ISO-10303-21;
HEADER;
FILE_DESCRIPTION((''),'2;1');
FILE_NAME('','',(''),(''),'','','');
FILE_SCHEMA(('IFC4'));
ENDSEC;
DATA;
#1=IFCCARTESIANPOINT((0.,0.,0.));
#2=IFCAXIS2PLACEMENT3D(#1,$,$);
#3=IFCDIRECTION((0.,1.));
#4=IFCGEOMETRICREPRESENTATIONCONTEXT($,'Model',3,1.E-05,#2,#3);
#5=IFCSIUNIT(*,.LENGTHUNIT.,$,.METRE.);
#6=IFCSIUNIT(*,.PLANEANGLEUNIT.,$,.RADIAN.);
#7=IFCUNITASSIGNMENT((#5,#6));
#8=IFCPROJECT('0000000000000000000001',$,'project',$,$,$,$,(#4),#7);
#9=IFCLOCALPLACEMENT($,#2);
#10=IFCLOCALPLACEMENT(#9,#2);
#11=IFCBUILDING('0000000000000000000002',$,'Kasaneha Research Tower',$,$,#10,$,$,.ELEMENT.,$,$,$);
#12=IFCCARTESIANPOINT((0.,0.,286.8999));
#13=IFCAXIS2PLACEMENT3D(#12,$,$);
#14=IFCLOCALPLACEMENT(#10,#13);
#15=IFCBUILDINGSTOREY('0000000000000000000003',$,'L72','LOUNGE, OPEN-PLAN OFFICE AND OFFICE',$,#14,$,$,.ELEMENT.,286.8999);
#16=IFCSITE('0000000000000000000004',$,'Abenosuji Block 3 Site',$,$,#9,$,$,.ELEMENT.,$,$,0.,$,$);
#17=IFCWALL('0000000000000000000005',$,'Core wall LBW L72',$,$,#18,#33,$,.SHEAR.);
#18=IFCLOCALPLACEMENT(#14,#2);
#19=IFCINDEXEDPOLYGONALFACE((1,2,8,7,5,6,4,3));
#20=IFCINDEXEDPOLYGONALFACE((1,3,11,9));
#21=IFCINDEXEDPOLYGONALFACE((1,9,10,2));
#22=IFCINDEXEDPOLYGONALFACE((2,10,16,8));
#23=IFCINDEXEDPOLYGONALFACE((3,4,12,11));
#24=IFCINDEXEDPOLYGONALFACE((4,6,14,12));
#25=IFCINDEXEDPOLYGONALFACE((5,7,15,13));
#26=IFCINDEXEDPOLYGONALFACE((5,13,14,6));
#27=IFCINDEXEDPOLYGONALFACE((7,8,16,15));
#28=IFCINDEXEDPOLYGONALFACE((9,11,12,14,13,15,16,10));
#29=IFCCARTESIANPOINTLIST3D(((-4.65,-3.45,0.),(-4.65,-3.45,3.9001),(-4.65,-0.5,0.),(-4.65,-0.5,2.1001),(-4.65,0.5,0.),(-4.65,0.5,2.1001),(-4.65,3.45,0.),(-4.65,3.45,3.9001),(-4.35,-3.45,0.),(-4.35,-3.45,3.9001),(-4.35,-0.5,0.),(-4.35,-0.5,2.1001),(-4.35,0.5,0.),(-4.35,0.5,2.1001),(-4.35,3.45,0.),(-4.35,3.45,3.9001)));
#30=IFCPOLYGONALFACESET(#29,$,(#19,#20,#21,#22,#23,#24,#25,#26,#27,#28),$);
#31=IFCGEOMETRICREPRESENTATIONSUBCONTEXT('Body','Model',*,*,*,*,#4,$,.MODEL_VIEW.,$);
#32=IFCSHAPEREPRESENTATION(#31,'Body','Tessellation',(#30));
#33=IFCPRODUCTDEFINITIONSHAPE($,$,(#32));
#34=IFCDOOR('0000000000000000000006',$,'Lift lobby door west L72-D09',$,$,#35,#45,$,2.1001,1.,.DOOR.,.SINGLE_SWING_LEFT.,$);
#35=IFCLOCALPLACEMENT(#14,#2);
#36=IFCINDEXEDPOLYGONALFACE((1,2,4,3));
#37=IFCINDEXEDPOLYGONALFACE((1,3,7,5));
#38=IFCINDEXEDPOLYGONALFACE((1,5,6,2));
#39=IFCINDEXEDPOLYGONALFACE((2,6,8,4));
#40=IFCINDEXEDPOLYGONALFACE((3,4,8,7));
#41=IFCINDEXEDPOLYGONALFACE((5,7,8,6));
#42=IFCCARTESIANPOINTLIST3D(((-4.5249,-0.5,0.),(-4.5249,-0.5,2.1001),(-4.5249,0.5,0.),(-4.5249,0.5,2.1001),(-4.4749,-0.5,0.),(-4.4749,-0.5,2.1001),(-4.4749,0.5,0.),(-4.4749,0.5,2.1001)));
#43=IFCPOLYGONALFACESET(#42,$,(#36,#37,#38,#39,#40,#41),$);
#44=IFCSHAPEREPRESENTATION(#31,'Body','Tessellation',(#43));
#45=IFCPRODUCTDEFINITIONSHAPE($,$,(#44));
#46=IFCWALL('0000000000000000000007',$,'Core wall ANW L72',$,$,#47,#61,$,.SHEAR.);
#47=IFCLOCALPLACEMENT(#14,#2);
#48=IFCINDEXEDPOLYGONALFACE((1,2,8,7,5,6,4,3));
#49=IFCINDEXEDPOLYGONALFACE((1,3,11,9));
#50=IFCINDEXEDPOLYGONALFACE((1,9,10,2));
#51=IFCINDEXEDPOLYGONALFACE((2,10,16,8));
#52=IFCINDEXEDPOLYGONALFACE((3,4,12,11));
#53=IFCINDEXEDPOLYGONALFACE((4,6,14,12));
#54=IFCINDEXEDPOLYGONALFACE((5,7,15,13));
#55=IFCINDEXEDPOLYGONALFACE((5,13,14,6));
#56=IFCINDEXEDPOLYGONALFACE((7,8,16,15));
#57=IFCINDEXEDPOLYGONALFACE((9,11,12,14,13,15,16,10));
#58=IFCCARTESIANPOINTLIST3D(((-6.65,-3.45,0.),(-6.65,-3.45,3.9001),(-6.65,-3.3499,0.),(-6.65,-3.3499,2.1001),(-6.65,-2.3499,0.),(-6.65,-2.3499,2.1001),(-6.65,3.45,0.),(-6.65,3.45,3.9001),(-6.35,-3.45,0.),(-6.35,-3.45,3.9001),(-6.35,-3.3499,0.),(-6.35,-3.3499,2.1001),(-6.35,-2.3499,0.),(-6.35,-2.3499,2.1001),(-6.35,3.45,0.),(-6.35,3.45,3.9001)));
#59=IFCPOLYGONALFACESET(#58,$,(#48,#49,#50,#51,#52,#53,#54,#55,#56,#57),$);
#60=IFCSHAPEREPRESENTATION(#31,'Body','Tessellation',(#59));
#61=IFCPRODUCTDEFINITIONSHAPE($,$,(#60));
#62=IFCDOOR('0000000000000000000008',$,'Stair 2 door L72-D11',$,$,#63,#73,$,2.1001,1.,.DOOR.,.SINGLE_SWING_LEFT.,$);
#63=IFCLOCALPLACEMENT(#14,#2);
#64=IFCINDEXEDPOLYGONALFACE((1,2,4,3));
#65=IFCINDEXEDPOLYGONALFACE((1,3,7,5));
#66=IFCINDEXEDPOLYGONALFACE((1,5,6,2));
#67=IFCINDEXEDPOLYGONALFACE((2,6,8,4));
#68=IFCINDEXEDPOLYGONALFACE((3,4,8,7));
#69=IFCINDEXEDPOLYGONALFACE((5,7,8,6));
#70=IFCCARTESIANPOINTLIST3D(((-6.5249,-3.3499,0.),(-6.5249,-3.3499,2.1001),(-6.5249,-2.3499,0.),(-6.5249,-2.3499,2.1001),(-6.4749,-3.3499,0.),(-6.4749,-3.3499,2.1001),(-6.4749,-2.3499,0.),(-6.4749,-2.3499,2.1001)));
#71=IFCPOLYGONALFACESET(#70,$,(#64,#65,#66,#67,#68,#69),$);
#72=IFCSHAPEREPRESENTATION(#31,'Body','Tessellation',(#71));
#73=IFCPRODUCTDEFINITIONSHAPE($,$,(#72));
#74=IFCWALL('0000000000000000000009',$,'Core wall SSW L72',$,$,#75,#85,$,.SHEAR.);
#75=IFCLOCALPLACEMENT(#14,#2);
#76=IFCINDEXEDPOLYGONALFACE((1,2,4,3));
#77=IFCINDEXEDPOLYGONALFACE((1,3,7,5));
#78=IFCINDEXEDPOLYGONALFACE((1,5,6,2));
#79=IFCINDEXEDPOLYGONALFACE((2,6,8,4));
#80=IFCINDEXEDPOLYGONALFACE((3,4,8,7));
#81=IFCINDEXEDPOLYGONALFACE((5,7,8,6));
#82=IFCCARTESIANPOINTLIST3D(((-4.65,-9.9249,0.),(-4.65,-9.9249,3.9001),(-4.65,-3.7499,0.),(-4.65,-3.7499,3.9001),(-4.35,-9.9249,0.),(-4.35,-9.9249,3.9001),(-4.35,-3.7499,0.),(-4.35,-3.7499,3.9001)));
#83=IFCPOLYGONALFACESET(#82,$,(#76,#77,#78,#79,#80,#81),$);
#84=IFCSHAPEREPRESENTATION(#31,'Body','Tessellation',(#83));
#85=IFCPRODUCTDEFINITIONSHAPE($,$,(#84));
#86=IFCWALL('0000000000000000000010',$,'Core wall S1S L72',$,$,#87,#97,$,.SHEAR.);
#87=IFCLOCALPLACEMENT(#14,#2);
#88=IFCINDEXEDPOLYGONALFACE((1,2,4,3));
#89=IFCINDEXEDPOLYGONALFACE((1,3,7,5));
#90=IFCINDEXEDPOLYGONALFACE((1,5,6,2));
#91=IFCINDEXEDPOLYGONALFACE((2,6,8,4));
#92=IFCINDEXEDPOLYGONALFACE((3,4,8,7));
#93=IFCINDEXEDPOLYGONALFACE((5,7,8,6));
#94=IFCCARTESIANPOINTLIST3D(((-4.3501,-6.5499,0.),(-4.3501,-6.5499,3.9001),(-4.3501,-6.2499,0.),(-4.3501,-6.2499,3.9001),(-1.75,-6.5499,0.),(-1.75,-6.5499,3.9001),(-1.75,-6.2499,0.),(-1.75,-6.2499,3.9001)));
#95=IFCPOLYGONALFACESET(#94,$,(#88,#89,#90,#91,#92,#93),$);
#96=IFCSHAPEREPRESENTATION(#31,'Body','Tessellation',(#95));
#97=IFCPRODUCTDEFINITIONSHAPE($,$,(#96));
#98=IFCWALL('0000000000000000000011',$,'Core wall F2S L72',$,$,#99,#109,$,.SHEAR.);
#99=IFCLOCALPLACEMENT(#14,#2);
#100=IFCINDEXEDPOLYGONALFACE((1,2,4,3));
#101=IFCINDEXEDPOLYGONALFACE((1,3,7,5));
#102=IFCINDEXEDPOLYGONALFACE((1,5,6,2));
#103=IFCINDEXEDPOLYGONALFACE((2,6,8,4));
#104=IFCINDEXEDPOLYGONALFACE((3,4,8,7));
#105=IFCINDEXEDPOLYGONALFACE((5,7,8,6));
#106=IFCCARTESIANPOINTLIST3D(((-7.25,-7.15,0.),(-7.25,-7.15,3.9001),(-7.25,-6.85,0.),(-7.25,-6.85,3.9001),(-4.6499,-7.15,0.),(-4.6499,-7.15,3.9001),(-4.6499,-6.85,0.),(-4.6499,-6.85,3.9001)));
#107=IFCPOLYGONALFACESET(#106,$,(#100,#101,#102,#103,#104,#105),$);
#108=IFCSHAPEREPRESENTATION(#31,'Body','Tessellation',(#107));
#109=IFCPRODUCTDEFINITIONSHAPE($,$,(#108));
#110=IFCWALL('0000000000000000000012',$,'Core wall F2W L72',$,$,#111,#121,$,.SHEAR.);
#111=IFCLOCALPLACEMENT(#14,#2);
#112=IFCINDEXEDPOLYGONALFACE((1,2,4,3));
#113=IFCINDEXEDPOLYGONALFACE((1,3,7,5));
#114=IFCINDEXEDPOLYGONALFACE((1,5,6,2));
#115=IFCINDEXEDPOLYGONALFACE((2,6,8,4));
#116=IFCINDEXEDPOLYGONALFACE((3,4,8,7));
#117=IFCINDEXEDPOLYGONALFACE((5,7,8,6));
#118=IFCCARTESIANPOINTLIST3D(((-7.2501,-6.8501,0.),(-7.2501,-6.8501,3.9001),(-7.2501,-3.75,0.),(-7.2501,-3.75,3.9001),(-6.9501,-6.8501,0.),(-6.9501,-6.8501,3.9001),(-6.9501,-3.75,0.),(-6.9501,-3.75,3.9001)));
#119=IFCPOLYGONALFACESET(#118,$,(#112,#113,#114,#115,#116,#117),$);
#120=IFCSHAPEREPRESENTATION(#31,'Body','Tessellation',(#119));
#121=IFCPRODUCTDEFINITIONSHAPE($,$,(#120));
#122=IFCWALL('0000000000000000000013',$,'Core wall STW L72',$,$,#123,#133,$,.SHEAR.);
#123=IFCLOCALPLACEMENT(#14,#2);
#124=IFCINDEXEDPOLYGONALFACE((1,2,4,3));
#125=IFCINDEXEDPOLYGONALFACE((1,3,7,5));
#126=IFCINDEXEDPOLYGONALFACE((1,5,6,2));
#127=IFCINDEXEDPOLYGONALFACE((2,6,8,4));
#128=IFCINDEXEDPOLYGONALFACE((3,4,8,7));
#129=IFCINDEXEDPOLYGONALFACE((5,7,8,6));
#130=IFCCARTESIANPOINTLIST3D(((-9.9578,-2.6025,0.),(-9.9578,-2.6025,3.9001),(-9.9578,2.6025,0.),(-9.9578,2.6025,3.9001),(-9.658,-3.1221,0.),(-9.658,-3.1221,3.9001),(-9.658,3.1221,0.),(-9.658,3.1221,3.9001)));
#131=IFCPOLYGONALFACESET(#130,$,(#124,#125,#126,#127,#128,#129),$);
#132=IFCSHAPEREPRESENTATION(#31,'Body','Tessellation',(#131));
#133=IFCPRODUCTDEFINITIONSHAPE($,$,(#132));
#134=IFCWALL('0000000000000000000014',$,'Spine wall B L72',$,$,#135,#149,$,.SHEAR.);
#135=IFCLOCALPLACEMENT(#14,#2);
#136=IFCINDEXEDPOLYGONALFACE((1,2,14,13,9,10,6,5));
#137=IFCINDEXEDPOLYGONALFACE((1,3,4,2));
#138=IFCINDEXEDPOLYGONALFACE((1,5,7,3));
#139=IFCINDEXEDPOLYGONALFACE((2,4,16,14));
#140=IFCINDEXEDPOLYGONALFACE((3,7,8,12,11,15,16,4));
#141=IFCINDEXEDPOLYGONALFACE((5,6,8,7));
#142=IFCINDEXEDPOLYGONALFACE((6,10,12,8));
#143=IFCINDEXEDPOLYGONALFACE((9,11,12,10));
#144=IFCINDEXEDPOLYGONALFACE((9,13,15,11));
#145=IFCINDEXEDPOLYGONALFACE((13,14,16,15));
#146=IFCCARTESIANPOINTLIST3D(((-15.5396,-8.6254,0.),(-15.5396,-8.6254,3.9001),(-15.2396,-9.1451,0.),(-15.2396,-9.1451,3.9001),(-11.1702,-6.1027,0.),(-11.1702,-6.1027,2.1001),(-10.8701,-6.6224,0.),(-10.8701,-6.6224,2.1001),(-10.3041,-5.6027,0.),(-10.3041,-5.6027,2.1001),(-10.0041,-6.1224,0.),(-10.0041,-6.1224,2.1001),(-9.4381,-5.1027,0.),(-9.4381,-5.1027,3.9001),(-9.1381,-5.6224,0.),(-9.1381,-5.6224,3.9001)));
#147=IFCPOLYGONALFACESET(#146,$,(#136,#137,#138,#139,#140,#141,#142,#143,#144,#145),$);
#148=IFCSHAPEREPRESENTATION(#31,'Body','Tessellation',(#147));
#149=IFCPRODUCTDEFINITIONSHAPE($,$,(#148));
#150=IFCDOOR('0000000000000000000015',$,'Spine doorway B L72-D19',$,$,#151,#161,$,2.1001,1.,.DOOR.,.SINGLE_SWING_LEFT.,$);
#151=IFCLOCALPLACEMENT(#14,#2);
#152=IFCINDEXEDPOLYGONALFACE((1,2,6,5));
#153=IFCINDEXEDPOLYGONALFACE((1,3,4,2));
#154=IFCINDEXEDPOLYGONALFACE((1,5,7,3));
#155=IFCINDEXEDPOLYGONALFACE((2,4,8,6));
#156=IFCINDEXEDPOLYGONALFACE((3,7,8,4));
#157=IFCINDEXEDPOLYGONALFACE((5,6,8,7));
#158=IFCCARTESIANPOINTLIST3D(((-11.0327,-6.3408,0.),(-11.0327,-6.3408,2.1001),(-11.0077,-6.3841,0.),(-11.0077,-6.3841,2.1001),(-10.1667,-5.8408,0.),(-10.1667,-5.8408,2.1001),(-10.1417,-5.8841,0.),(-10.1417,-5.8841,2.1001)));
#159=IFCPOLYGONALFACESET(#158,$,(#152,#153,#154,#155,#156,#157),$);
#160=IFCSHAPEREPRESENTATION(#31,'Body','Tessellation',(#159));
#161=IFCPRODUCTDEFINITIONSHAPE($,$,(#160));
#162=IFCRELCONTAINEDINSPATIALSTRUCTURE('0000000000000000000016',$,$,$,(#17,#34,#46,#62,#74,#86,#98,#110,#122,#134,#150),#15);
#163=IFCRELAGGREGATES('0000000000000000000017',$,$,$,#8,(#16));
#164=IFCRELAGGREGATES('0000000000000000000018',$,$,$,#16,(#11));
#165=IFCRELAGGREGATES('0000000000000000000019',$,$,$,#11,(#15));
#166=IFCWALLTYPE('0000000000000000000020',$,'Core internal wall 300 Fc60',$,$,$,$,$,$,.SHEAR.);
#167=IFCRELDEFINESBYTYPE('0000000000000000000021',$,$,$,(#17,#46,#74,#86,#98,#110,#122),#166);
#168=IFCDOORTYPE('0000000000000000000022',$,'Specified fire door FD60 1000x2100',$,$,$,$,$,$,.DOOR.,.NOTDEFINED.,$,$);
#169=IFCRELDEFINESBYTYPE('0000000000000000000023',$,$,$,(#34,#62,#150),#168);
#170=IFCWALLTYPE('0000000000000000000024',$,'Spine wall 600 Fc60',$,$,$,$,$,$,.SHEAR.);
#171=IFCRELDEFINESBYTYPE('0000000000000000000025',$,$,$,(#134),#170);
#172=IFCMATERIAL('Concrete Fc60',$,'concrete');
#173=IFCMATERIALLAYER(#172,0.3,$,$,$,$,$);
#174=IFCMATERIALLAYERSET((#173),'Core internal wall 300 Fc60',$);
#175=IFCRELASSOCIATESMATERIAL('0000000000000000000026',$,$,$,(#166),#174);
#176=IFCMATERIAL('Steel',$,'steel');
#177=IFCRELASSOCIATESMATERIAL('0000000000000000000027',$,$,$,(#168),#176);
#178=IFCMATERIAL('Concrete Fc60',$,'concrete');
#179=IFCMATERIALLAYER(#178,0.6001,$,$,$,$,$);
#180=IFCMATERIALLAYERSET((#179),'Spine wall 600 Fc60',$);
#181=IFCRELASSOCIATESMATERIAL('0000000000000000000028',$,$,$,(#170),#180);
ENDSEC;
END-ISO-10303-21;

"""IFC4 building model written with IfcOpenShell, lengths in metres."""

from ifc_helpers import new_model, si_unit, direction, frame, frame_2d, origin, place, context, subcontext, project, spatial, polyline, rectangle, outline, extrude, material, layer, layer_set, type_object, element, fill, save


model = new_model("IFC4")

# Units and contexts
model_context = context("Model", 3, precision=1e-05, world=origin(), true_north=direction((0.0, 1.0)))
body_context = subcontext(model_context, "Body", "Model", "MODEL_VIEW")
ifc_project = project(units=[si_unit("LENGTHUNIT", "METRE"), si_unit("PLANEANGLEUNIT", "RADIAN")], contexts=[model_context])

# Site, building, storey
site_placement = place(None, origin())
site = spatial("IfcSite", under=ifc_project, at=site_placement, Name="Abenosuji Block 3 Site", CompositionType="ELEMENT", RefElevation=0.0)
building_placement = place(site_placement, origin())
building = spatial("IfcBuilding", under=site, at=building_placement, Name="Kasaneha Research Tower", CompositionType="ELEMENT")
storey_placement = place(building_placement, frame((0.0, 0.0, 286.8999)))
storey = spatial("IfcBuildingStorey", under=building, at=storey_placement, Name="L72", Description="LOUNGE, OPEN-PLAN OFFICE AND OFFICE", CompositionType="ELEMENT", Elevation=286.8999)

# Shared definitions
ifc_material_1 = material(Name="Concrete Fc60", Category="concrete")
ifc_layer_1 = layer(ifc_material_1, 0.3)
ifc_layer_set_1 = layer_set([ifc_layer_1], Name="Core internal wall 300 Fc60")
wall_type_1 = type_object("IfcWallType", Name="Core internal wall 300 Fc60", PredefinedType="SHEAR", material=ifc_layer_set_1)

# Walls, openings, doors
wall_1_placement = place(storey_placement, frame((-4.5, -3.45, 0.0), z_axis=(0.0, 0.0, 1.0), x_axis=(0.0, 1.0, 0.0)))
wall_1 = element("IfcWall", 1, at=wall_1_placement, inside=storey, type_object=wall_type_1, Name="Core wall LBW L72", PredefinedType="SHEAR", context=body_context, shape_type="SweptSolid", body=[
    extrude(rectangle(XDim=6.8999, YDim=0.3, at=frame_2d((3.45, 0.0))), origin(), (0.0, 0.0, 1.0), 3.9001),
])
opening_1_placement = place(wall_1_placement, frame((2.95, 0.0, 0.0)))
opening_1 = element("IfcOpeningElement", 2, at=opening_1_placement, cuts=wall_1, PredefinedType="OPENING", context=body_context, shape_type="SweptSolid", body=[
    extrude(rectangle(XDim=1.0, YDim=2.1001, at=frame_2d((0.5, 1.05))), frame((0.0, 0.1602, 0.0), z_axis=(0.0, -1.0, 0.0), x_axis=(1.0, 0.0, 0.0)), (0.0, 0.0, 1.0), 0.3201),
])
ifc_material_2 = material(Name="Steel", Category="steel")
door_type_1 = type_object("IfcDoorType", Name="Specified fire door FD60 1000x2100", OperationType="NOTDEFINED", PredefinedType="DOOR", material=ifc_material_2)
door_1_placement = place(opening_1_placement, origin())
door_1 = element("IfcDoor", 3, at=door_1_placement, inside=storey, type_object=door_type_1, Name="Lift lobby door west L72-D09", OperationType="SINGLE_SWING_LEFT", OverallHeight=2.1001, OverallWidth=1.0, PredefinedType="DOOR", context=body_context, shape_type="SweptSolid", body=[
    extrude(rectangle(XDim=1.0, YDim=2.1001, at=frame_2d((0.5, 1.05))), frame((0.0, 0.0249, 0.0), z_axis=(0.0, -1.0, 0.0), x_axis=(1.0, 0.0, 0.0)), (0.0, 0.0, 1.0), 0.05),
])
fill(opening_1, door_1)
wall_2_placement = place(storey_placement, frame((-6.5, -3.45, 0.0), z_axis=(0.0, 0.0, 1.0), x_axis=(0.0, 1.0, 0.0)))
wall_2 = element("IfcWall", 4, at=wall_2_placement, inside=storey, type_object=wall_type_1, Name="Core wall ANW L72", PredefinedType="SHEAR", context=body_context, shape_type="SweptSolid", body=[
    extrude(rectangle(XDim=6.8999, YDim=0.3, at=frame_2d((3.45, 0.0))), origin(), (0.0, 0.0, 1.0), 3.9001),
])
opening_2_placement = place(wall_2_placement, frame((0.1001, 0.0, 0.0)))
opening_2 = element("IfcOpeningElement", 5, at=opening_2_placement, cuts=wall_2, PredefinedType="OPENING", context=body_context, shape_type="SweptSolid", body=[
    extrude(rectangle(XDim=1.0, YDim=2.1001, at=frame_2d((0.5, 1.05))), frame((0.0, 0.1602, 0.0), z_axis=(0.0, -1.0, 0.0), x_axis=(1.0, 0.0, 0.0)), (0.0, 0.0, 1.0), 0.3201),
])
door_2_placement = place(opening_2_placement, origin())
door_2 = element("IfcDoor", 6, at=door_2_placement, inside=storey, type_object=door_type_1, Name="Stair 2 door L72-D11", OperationType="SINGLE_SWING_LEFT", OverallHeight=2.1001, OverallWidth=1.0, PredefinedType="DOOR", context=body_context, shape_type="SweptSolid", body=[
    extrude(rectangle(XDim=1.0, YDim=2.1001, at=frame_2d((0.5, 1.05))), frame((0.0, 0.0249, 0.0), z_axis=(0.0, -1.0, 0.0), x_axis=(1.0, 0.0, 0.0)), (0.0, 0.0, 1.0), 0.05),
])
fill(opening_2, door_2)

# Walls
wall_3_placement = place(storey_placement, frame((-4.5, -3.75, 0.0), z_axis=(0.0, 0.0, 1.0), x_axis=(0.0, -1.0, 0.0)))
element("IfcWall", 7, at=wall_3_placement, inside=storey, type_object=wall_type_1, Name="Core wall SSW L72", PredefinedType="SHEAR", context=body_context, shape_type="SweptSolid", body=[
    extrude(rectangle(XDim=6.175, YDim=0.3, at=frame_2d((3.0874, 0.0))), origin(), (0.0, 0.0, 1.0), 3.9001),
])
for number, where, z_axis, x_axis, name in (
    (8, (-4.3501, -6.3999, 0.0), (0.0, 0.0, 1.0), (1.0, 0.0, 0.0), "Core wall S1S L72"),
    (9, (-7.25, -7.0, 0.0), (0.0, 0.0, 1.0), (1.0, 0.0, 0.0), "Core wall F2S L72"),
):
    element("IfcWall", number, at=place(storey_placement, frame(where, z_axis=z_axis, x_axis=x_axis)), inside=storey, type_object=wall_type_1, Name=name, PredefinedType="SHEAR", context=body_context, shape_type="SweptSolid", body=[
        extrude(rectangle(XDim=2.6001, YDim=0.3, at=frame_2d((1.3, 0.0))), origin(), (0.0, 0.0, 1.0), 3.9001),
    ])
wall_4_placement = place(storey_placement, frame((-7.1001, -3.75, 0.0), z_axis=(0.0, 0.0, 1.0), x_axis=(0.0, -1.0, 0.0)))
element("IfcWall", 10, at=wall_4_placement, inside=storey, type_object=wall_type_1, Name="Core wall F2W L72", PredefinedType="SHEAR", context=body_context, shape_type="SweptSolid", body=[
    extrude(rectangle(XDim=3.1001, YDim=0.3, at=frame_2d((1.55, 0.0))), origin(), (0.0, 0.0, 1.0), 3.9001),
])
wall_5_placement = place(storey_placement, frame((-9.8079, -2.8623, 0.0), z_axis=(0.0, 0.0, 1.0), x_axis=(0.0, 1.0, 0.0)))
element("IfcWall", 11, at=wall_5_placement, inside=storey, type_object=wall_type_1, Name="Core wall STW L72", PredefinedType="SHEAR", context=body_context, shape_type="SweptSolid", body=[
    extrude(outline(polyline([(-0.2598, -0.1499), (5.9844, -0.1499), (5.4648, 0.1499), (0.2598, 0.1499), (-0.2598, -0.1499)])), origin(), (0.0, 0.0, 1.0), 3.9001),
])

# Wall, opening, door
ifc_material_3 = material(Name="Concrete Fc60", Category="concrete")
ifc_layer_2 = layer(ifc_material_3, 0.6001)
ifc_layer_set_2 = layer_set([ifc_layer_2], Name="Spine wall 600 Fc60")
wall_type_2 = type_object("IfcWallType", Name="Spine wall 600 Fc60", PredefinedType="SHEAR", material=ifc_layer_set_2)
wall_6_placement = place(storey_placement, frame((-9.2881, -5.3625, 0.0), z_axis=(0.0, 0.0, 1.0), x_axis=(-0.866027, -0.499996, 0.0)))
wall_6 = element("IfcWall", 12, at=wall_6_placement, inside=storey, type_object=wall_type_2, Name="Spine wall B L72", PredefinedType="SHEAR", context=body_context, shape_type="SweptSolid", body=[
    extrude(rectangle(XDim=7.0454, YDim=0.6001, at=frame_2d((3.5227, 0.0))), origin(), (0.0, 0.0, 1.0), 3.9001),
])
opening_3_placement = place(wall_6_placement, frame((1.0, 0.0, 0.0)))
opening_3 = element("IfcOpeningElement", 13, at=opening_3_placement, cuts=wall_6, PredefinedType="OPENING", context=body_context, shape_type="SweptSolid", body=[
    extrude(rectangle(XDim=1.0, YDim=2.1001, at=frame_2d((0.5, 1.05))), frame((0.0, 0.3101, 0.0), z_axis=(0.0, -1.0, 0.0), x_axis=(1.0, 0.0, 0.0)), (0.0, 0.0, 1.0), 0.6201),
])
door_3_placement = place(opening_3_placement, origin())
door_3 = element("IfcDoor", 14, at=door_3_placement, inside=storey, type_object=door_type_1, Name="Spine doorway B L72-D19", OperationType="SINGLE_SWING_LEFT", OverallHeight=2.1001, OverallWidth=1.0, PredefinedType="DOOR", context=body_context, shape_type="SweptSolid", body=[
    extrude(rectangle(XDim=1.0, YDim=2.1001, at=frame_2d((0.5, 1.05))), frame((0.0, 0.0249, 0.0), z_axis=(0.0, -1.0, 0.0), x_axis=(1.0, 0.0, 0.0)), (0.0, 0.0, 1.0), 0.05),
])
fill(opening_3, door_3)

save(model, "model.ifc")
